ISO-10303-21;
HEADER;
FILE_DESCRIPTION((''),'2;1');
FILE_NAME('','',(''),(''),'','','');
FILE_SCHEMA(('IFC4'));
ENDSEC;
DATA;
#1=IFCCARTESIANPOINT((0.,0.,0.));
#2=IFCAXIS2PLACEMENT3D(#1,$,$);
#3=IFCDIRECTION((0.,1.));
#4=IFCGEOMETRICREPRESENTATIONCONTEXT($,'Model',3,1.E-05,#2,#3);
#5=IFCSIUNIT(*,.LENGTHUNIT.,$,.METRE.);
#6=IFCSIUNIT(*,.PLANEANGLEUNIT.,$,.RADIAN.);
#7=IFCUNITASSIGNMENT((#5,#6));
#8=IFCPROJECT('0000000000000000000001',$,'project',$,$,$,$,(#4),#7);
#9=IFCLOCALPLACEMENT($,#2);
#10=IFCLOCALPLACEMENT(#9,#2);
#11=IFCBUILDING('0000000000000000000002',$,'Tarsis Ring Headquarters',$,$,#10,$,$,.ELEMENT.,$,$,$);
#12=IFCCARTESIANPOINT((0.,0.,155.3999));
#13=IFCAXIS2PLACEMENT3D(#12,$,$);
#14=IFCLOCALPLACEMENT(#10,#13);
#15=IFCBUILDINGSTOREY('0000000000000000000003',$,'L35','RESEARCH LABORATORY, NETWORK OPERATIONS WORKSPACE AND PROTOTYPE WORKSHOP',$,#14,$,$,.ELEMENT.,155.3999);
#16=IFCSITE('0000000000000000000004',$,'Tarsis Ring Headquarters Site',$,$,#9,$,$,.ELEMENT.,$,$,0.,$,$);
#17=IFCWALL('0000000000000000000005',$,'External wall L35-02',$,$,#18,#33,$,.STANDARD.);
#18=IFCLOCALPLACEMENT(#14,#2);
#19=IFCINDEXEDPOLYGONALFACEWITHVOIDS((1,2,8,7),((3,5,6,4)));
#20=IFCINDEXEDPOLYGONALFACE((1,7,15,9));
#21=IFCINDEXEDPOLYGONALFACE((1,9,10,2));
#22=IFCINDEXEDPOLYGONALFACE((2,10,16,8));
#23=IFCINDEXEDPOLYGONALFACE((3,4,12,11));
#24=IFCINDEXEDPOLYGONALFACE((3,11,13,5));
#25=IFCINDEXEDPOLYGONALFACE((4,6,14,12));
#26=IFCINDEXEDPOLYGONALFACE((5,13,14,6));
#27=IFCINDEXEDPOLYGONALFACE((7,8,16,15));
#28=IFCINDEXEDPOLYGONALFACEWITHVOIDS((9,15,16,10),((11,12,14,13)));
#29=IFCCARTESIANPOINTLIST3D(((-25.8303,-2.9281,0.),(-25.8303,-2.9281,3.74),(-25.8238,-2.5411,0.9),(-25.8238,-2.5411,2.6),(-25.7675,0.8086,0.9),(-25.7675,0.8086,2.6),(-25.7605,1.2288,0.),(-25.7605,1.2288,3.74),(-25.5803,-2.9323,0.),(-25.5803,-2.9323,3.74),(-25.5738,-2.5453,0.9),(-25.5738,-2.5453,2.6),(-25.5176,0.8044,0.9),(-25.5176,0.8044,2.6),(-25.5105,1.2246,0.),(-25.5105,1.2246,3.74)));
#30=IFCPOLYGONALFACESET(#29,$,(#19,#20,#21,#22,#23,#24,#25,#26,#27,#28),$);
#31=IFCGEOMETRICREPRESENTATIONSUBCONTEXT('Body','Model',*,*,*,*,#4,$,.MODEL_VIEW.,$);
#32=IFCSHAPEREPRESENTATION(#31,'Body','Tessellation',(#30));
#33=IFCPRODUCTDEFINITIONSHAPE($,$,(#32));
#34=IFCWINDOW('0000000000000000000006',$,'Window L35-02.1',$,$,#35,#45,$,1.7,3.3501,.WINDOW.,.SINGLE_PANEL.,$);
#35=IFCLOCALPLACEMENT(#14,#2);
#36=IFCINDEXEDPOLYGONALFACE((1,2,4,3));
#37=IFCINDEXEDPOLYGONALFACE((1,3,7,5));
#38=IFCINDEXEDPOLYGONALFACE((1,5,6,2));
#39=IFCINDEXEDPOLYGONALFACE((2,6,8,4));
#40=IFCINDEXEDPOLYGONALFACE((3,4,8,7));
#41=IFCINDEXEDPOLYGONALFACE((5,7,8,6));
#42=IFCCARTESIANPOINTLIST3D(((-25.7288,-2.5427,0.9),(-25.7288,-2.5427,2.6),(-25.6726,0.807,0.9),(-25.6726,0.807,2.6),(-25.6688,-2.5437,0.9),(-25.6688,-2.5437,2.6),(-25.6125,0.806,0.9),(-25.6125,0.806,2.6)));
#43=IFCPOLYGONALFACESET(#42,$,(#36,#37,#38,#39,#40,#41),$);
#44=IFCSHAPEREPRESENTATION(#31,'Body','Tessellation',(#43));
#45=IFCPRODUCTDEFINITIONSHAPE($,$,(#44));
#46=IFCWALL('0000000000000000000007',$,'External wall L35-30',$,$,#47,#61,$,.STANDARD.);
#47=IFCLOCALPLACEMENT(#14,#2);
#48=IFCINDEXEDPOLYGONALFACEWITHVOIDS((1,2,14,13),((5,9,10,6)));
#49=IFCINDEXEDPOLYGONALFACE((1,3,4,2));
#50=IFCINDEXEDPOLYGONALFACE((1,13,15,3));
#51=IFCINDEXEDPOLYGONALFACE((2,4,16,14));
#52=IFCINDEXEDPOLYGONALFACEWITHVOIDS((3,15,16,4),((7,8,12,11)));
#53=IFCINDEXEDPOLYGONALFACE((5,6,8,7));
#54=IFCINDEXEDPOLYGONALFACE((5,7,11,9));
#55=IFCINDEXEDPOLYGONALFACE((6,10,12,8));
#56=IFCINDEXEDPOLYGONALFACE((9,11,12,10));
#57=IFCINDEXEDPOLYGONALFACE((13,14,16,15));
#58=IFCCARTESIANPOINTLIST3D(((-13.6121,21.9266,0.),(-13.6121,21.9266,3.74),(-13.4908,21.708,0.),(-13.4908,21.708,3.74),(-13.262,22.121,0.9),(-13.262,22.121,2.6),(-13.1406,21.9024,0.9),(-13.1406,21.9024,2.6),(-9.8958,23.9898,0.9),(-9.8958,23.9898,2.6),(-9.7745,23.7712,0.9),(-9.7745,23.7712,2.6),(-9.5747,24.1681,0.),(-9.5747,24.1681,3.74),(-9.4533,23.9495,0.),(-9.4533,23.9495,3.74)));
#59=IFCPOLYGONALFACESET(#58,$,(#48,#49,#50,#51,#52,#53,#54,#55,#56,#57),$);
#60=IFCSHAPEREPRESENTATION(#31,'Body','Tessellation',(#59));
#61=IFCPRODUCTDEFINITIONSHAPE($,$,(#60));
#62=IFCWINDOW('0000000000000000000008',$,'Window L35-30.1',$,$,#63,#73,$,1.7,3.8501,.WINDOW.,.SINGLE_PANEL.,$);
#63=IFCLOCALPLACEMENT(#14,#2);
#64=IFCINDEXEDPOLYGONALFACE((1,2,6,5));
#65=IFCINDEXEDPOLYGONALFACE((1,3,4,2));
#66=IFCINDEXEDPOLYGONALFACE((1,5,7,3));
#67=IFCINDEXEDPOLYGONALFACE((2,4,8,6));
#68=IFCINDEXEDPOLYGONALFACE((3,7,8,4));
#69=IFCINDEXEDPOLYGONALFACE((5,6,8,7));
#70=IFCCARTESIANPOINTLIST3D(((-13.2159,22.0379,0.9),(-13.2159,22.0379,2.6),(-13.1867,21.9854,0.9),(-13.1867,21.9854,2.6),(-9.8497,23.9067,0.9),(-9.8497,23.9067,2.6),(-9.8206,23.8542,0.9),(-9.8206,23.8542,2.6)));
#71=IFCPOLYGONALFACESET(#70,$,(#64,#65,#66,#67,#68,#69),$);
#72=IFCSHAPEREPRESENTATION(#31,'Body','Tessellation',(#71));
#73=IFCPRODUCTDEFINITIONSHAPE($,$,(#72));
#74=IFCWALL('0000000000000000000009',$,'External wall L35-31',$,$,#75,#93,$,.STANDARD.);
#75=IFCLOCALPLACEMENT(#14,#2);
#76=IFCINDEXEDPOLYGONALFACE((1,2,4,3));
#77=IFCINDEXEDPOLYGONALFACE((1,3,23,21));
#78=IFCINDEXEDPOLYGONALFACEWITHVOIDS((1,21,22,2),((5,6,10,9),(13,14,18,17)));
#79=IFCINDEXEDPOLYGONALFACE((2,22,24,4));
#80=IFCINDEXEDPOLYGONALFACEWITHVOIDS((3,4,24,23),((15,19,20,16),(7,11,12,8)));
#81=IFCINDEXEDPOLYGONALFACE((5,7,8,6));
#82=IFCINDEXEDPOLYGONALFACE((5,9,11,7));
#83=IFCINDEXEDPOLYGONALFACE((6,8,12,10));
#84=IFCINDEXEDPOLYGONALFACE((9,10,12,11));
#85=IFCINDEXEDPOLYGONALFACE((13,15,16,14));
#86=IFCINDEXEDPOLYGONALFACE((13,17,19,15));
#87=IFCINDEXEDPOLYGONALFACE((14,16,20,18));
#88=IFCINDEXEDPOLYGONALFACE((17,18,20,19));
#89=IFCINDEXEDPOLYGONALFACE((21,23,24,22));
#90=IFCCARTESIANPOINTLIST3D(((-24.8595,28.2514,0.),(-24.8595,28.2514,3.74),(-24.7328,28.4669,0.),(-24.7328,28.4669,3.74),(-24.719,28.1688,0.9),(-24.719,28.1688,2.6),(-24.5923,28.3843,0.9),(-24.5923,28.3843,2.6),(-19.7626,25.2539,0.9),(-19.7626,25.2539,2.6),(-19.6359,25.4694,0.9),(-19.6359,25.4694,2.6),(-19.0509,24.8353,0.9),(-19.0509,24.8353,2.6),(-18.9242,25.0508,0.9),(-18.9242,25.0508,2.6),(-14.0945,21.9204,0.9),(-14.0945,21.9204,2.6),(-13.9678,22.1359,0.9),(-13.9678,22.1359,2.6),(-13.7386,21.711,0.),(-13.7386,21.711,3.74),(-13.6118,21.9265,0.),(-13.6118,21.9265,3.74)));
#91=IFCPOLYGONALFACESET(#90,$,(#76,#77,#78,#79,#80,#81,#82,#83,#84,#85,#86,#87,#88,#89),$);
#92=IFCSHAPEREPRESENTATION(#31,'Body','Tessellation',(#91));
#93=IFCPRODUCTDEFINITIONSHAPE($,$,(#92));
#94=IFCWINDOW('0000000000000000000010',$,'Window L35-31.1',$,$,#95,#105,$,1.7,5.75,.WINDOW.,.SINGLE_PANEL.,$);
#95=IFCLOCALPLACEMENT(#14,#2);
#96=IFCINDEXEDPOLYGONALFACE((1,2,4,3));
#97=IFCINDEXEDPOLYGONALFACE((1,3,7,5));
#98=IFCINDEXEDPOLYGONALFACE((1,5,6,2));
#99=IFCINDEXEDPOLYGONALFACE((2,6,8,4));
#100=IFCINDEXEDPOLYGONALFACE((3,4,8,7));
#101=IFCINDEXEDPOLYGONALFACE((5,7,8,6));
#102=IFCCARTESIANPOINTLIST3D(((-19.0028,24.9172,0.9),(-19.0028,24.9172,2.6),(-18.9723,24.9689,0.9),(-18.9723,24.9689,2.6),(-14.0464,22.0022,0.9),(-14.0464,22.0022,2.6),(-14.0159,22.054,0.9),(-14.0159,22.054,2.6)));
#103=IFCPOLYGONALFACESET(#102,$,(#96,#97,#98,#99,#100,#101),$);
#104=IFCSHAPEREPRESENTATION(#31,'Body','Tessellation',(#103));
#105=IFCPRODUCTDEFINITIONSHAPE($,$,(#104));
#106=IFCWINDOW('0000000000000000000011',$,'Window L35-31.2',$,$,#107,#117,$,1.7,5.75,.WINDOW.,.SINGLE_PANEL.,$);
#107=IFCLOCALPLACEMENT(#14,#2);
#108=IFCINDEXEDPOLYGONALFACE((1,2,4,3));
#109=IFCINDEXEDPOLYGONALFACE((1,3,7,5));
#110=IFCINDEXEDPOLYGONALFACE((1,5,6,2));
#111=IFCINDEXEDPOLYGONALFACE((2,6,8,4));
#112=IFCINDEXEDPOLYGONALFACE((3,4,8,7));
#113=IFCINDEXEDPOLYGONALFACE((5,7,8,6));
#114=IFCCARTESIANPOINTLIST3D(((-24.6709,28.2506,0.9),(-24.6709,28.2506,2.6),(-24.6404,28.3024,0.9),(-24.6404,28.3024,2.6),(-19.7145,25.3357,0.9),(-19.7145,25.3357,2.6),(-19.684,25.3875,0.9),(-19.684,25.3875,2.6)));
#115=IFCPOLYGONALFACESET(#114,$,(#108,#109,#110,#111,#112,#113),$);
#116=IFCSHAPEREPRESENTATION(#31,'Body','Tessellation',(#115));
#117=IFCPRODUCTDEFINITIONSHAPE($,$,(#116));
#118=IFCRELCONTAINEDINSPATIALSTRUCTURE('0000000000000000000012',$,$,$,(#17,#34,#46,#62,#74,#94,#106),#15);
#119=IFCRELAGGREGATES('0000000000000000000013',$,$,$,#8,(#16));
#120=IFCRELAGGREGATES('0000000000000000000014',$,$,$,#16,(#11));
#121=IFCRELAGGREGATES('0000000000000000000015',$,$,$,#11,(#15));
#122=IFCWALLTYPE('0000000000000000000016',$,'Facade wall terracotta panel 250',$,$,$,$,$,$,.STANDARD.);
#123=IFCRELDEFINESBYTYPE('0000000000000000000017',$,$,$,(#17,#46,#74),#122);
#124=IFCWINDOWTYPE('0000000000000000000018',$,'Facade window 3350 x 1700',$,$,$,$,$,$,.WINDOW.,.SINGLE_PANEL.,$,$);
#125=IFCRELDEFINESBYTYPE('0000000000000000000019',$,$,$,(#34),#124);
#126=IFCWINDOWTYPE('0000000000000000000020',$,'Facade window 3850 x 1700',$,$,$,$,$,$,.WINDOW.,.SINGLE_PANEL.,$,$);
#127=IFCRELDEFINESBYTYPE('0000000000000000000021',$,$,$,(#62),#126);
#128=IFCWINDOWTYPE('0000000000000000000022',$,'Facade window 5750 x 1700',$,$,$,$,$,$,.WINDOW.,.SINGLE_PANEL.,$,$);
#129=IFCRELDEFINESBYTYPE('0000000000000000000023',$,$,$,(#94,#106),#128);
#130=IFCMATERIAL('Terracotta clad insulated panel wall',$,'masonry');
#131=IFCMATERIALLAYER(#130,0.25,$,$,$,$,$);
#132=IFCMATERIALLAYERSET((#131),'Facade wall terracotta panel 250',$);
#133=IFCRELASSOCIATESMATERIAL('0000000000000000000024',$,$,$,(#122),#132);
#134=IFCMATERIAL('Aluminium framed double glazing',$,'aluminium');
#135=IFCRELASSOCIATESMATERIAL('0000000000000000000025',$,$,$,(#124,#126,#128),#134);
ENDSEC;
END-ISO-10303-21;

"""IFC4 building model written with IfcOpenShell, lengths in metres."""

from ifc_helpers import new_model, si_unit, direction, frame, frame_2d, origin, place, context, subcontext, project, spatial, rectangle, extrude, material, layer, layer_set, type_object, element, fill, save


model = new_model("IFC4")

# Units and contexts
model_context = context("Model", 3, precision=1e-05, world=origin(), true_north=direction((0.0, 1.0)))
body_context = subcontext(model_context, "Body", "Model", "MODEL_VIEW")
ifc_project = project(units=[si_unit("LENGTHUNIT", "METRE"), si_unit("PLANEANGLEUNIT", "RADIAN")], contexts=[model_context])

# Site, building, storey
site_placement = place(None, origin())
site = spatial("IfcSite", under=ifc_project, at=site_placement, Name="Tarsis Ring Headquarters Site", CompositionType="ELEMENT", RefElevation=0.0)
building_placement = place(site_placement, origin())
building = spatial("IfcBuilding", under=site, at=building_placement, Name="Tarsis Ring Headquarters", CompositionType="ELEMENT")
storey_placement = place(building_placement, frame((0.0, 0.0, 155.3999)))
storey = spatial("IfcBuildingStorey", under=building, at=storey_placement, Name="L35", Description="RESEARCH LABORATORY, NETWORK OPERATIONS WORKSPACE AND PROTOTYPE WORKSHOP", CompositionType="ELEMENT", Elevation=155.3999)

# Walls, openings, windows
ifc_material_1 = material(Name="Terracotta clad insulated panel wall", Category="masonry")
ifc_layer_1 = layer(ifc_material_1, 0.25)
ifc_layer_set_1 = layer_set([ifc_layer_1], Name="Facade wall terracotta panel 250")
wall_type_1 = type_object("IfcWallType", Name="Facade wall terracotta panel 250", PredefinedType="STANDARD", material=ifc_layer_set_1)
wall_1_placement = place(storey_placement, frame((-25.6355, 1.2266, 0.0), z_axis=(0.0, 0.0, 1.0), x_axis=(-0.016794, -0.999859, 0.0)))
wall_1 = element("IfcWall", 1, at=wall_1_placement, inside=storey, type_object=wall_type_1, Name="External wall L35-02", PredefinedType="STANDARD", context=body_context, shape_type="SweptSolid", body=[
    extrude(rectangle(XDim=4.1575, YDim=0.25, at=frame_2d((2.0786, 0.0))), origin(), (0.0, 0.0, 1.0), 3.74),
])
opening_1_placement = place(wall_1_placement, frame((0.4202, 0.0, 0.8999)))
opening_1 = element("IfcOpeningElement", 2, at=opening_1_placement, cuts=wall_1, PredefinedType="OPENING", context=body_context, shape_type="SweptSolid", body=[
    extrude(rectangle(XDim=3.3501, YDim=1.7, at=frame_2d((1.675, 0.8501))), frame((0.0, 0.135, 0.0), z_axis=(0.0, -1.0, 0.0), x_axis=(1.0, 0.0, 0.0)), (0.0, 0.0, 1.0), 0.27),
])
ifc_material_2 = material(Name="Aluminium framed double glazing", Category="aluminium")
window_type_1 = type_object("IfcWindowType", Name="Facade window 3350 x 1700", PartitioningType="SINGLE_PANEL", PredefinedType="WINDOW", material=ifc_material_2)
window_1_placement = place(opening_1_placement, origin())
window_1 = element("IfcWindow", 3, at=window_1_placement, inside=storey, type_object=window_type_1, Name="Window L35-02.1", OverallHeight=1.7, OverallWidth=3.3501, PartitioningType="SINGLE_PANEL", PredefinedType="WINDOW", context=body_context, shape_type="SweptSolid", body=[
    extrude(rectangle(XDim=3.3501, YDim=1.7, at=frame_2d((1.675, 0.8501))), frame((0.0, 0.03, 0.0), z_axis=(0.0, -1.0, 0.0), x_axis=(1.0, 0.0, 0.0)), (0.0, 0.0, 1.0), 0.0601),
])
fill(opening_1, window_1)
wall_2_placement = place(storey_placement, frame((-9.5139, 24.0588, 0.0), z_axis=(0.0, 0.0, 1.0), x_axis=(-0.874297, -0.485392, 0.0)))
wall_2 = element("IfcWall", 4, at=wall_2_placement, inside=storey, type_object=wall_type_1, Name="External wall L35-30", PredefinedType="STANDARD", context=body_context, shape_type="SweptSolid", body=[
    extrude(rectangle(XDim=4.6179, YDim=0.25, at=frame_2d((2.3091, 0.0))), origin(), (0.0, 0.0, 1.0), 3.74),
])
opening_2_placement = place(wall_2_placement, frame((0.3674, 0.0, 0.8999)))
opening_2 = element("IfcOpeningElement", 5, at=opening_2_placement, cuts=wall_2, PredefinedType="OPENING", context=body_context, shape_type="SweptSolid", body=[
    extrude(rectangle(XDim=3.8501, YDim=1.7, at=frame_2d((1.925, 0.8501))), frame((0.0, 0.135, 0.0), z_axis=(0.0, -1.0, 0.0), x_axis=(1.0, 0.0, 0.0)), (0.0, 0.0, 1.0), 0.27),
])
window_type_2 = type_object("IfcWindowType", Name="Facade window 3850 x 1700", PartitioningType="SINGLE_PANEL", PredefinedType="WINDOW", material=ifc_material_2)
window_2_placement = place(opening_2_placement, origin())
window_2 = element("IfcWindow", 6, at=window_2_placement, inside=storey, type_object=window_type_2, Name="Window L35-30.1", OverallHeight=1.7, OverallWidth=3.8501, PartitioningType="SINGLE_PANEL", PredefinedType="WINDOW", context=body_context, shape_type="SweptSolid", body=[
    extrude(rectangle(XDim=3.8501, YDim=1.7, at=frame_2d((1.925, 0.8501))), frame((0.0, 0.03, 0.0), z_axis=(0.0, -1.0, 0.0), x_axis=(1.0, 0.0, 0.0)), (0.0, 0.0, 1.0), 0.0601),
])
fill(opening_2, window_2)

# Wall, openings, windows
wall_3_placement = place(storey_placement, frame((-13.6753, 21.8188, 0.0), z_axis=(0.0, 0.0, 1.0), x_axis=(-0.861981, 0.50694, 0.0)))
wall_3 = element("IfcWall", 7, at=wall_3_placement, inside=storey, type_object=wall_type_1, Name="External wall L35-31", PredefinedType="STANDARD", context=body_context, shape_type="SweptSolid", body=[
    extrude(rectangle(XDim=12.9016, YDim=0.25, at=frame_2d((6.4507, 0.0))), origin(), (0.0, 0.0, 1.0), 3.74),
])
opening_3_placement = place(wall_3_placement, frame((0.4128, 0.0, 0.8999)))
opening_3 = element("IfcOpeningElement", 8, at=opening_3_placement, cuts=wall_3, PredefinedType="OPENING", context=body_context, shape_type="SweptSolid", body=[
    extrude(rectangle(XDim=5.75, YDim=1.7, at=frame_2d((2.875, 0.8501))), frame((0.0, 0.135, 0.0), z_axis=(0.0, -1.0, 0.0), x_axis=(1.0, 0.0, 0.0)), (0.0, 0.0, 1.0), 0.27),
])
opening_4_placement = place(wall_3_placement, frame((6.9885, 0.0, 0.8999)))
opening_4 = element("IfcOpeningElement", 9, at=opening_4_placement, cuts=wall_3, PredefinedType="OPENING", context=body_context, shape_type="SweptSolid", body=[
    extrude(rectangle(XDim=5.75, YDim=1.7, at=frame_2d((2.875, 0.8501))), frame((0.0, 0.135, 0.0), z_axis=(0.0, -1.0, 0.0), x_axis=(1.0, 0.0, 0.0)), (0.0, 0.0, 1.0), 0.27),
])
window_type_3 = type_object("IfcWindowType", Name="Facade window 5750 x 1700", PartitioningType="SINGLE_PANEL", PredefinedType="WINDOW", material=ifc_material_2)
window_3_placement = place(opening_3_placement, origin())
window_3 = element("IfcWindow", 10, at=window_3_placement, inside=storey, type_object=window_type_3, Name="Window L35-31.1", OverallHeight=1.7, OverallWidth=5.75, PartitioningType="SINGLE_PANEL", PredefinedType="WINDOW", context=body_context, shape_type="SweptSolid", body=[
    extrude(rectangle(XDim=5.75, YDim=1.7, at=frame_2d((2.875, 0.8501))), frame((0.0, 0.03, 0.0), z_axis=(0.0, -1.0, 0.0), x_axis=(1.0, 0.0, 0.0)), (0.0, 0.0, 1.0), 0.0601),
])
fill(opening_3, window_3)
window_4_placement = place(opening_4_placement, origin())
window_4 = element("IfcWindow", 11, at=window_4_placement, inside=storey, type_object=window_type_3, Name="Window L35-31.2", OverallHeight=1.7, OverallWidth=5.75, PartitioningType="SINGLE_PANEL", PredefinedType="WINDOW", context=body_context, shape_type="SweptSolid", body=[
    extrude(rectangle(XDim=5.75, YDim=1.7, at=frame_2d((2.875, 0.8501))), frame((0.0, 0.03, 0.0), z_axis=(0.0, -1.0, 0.0), x_axis=(1.0, 0.0, 0.0)), (0.0, 0.0, 1.0), 0.0601),
])
fill(opening_4, window_4)

save(model, "model.ifc")
